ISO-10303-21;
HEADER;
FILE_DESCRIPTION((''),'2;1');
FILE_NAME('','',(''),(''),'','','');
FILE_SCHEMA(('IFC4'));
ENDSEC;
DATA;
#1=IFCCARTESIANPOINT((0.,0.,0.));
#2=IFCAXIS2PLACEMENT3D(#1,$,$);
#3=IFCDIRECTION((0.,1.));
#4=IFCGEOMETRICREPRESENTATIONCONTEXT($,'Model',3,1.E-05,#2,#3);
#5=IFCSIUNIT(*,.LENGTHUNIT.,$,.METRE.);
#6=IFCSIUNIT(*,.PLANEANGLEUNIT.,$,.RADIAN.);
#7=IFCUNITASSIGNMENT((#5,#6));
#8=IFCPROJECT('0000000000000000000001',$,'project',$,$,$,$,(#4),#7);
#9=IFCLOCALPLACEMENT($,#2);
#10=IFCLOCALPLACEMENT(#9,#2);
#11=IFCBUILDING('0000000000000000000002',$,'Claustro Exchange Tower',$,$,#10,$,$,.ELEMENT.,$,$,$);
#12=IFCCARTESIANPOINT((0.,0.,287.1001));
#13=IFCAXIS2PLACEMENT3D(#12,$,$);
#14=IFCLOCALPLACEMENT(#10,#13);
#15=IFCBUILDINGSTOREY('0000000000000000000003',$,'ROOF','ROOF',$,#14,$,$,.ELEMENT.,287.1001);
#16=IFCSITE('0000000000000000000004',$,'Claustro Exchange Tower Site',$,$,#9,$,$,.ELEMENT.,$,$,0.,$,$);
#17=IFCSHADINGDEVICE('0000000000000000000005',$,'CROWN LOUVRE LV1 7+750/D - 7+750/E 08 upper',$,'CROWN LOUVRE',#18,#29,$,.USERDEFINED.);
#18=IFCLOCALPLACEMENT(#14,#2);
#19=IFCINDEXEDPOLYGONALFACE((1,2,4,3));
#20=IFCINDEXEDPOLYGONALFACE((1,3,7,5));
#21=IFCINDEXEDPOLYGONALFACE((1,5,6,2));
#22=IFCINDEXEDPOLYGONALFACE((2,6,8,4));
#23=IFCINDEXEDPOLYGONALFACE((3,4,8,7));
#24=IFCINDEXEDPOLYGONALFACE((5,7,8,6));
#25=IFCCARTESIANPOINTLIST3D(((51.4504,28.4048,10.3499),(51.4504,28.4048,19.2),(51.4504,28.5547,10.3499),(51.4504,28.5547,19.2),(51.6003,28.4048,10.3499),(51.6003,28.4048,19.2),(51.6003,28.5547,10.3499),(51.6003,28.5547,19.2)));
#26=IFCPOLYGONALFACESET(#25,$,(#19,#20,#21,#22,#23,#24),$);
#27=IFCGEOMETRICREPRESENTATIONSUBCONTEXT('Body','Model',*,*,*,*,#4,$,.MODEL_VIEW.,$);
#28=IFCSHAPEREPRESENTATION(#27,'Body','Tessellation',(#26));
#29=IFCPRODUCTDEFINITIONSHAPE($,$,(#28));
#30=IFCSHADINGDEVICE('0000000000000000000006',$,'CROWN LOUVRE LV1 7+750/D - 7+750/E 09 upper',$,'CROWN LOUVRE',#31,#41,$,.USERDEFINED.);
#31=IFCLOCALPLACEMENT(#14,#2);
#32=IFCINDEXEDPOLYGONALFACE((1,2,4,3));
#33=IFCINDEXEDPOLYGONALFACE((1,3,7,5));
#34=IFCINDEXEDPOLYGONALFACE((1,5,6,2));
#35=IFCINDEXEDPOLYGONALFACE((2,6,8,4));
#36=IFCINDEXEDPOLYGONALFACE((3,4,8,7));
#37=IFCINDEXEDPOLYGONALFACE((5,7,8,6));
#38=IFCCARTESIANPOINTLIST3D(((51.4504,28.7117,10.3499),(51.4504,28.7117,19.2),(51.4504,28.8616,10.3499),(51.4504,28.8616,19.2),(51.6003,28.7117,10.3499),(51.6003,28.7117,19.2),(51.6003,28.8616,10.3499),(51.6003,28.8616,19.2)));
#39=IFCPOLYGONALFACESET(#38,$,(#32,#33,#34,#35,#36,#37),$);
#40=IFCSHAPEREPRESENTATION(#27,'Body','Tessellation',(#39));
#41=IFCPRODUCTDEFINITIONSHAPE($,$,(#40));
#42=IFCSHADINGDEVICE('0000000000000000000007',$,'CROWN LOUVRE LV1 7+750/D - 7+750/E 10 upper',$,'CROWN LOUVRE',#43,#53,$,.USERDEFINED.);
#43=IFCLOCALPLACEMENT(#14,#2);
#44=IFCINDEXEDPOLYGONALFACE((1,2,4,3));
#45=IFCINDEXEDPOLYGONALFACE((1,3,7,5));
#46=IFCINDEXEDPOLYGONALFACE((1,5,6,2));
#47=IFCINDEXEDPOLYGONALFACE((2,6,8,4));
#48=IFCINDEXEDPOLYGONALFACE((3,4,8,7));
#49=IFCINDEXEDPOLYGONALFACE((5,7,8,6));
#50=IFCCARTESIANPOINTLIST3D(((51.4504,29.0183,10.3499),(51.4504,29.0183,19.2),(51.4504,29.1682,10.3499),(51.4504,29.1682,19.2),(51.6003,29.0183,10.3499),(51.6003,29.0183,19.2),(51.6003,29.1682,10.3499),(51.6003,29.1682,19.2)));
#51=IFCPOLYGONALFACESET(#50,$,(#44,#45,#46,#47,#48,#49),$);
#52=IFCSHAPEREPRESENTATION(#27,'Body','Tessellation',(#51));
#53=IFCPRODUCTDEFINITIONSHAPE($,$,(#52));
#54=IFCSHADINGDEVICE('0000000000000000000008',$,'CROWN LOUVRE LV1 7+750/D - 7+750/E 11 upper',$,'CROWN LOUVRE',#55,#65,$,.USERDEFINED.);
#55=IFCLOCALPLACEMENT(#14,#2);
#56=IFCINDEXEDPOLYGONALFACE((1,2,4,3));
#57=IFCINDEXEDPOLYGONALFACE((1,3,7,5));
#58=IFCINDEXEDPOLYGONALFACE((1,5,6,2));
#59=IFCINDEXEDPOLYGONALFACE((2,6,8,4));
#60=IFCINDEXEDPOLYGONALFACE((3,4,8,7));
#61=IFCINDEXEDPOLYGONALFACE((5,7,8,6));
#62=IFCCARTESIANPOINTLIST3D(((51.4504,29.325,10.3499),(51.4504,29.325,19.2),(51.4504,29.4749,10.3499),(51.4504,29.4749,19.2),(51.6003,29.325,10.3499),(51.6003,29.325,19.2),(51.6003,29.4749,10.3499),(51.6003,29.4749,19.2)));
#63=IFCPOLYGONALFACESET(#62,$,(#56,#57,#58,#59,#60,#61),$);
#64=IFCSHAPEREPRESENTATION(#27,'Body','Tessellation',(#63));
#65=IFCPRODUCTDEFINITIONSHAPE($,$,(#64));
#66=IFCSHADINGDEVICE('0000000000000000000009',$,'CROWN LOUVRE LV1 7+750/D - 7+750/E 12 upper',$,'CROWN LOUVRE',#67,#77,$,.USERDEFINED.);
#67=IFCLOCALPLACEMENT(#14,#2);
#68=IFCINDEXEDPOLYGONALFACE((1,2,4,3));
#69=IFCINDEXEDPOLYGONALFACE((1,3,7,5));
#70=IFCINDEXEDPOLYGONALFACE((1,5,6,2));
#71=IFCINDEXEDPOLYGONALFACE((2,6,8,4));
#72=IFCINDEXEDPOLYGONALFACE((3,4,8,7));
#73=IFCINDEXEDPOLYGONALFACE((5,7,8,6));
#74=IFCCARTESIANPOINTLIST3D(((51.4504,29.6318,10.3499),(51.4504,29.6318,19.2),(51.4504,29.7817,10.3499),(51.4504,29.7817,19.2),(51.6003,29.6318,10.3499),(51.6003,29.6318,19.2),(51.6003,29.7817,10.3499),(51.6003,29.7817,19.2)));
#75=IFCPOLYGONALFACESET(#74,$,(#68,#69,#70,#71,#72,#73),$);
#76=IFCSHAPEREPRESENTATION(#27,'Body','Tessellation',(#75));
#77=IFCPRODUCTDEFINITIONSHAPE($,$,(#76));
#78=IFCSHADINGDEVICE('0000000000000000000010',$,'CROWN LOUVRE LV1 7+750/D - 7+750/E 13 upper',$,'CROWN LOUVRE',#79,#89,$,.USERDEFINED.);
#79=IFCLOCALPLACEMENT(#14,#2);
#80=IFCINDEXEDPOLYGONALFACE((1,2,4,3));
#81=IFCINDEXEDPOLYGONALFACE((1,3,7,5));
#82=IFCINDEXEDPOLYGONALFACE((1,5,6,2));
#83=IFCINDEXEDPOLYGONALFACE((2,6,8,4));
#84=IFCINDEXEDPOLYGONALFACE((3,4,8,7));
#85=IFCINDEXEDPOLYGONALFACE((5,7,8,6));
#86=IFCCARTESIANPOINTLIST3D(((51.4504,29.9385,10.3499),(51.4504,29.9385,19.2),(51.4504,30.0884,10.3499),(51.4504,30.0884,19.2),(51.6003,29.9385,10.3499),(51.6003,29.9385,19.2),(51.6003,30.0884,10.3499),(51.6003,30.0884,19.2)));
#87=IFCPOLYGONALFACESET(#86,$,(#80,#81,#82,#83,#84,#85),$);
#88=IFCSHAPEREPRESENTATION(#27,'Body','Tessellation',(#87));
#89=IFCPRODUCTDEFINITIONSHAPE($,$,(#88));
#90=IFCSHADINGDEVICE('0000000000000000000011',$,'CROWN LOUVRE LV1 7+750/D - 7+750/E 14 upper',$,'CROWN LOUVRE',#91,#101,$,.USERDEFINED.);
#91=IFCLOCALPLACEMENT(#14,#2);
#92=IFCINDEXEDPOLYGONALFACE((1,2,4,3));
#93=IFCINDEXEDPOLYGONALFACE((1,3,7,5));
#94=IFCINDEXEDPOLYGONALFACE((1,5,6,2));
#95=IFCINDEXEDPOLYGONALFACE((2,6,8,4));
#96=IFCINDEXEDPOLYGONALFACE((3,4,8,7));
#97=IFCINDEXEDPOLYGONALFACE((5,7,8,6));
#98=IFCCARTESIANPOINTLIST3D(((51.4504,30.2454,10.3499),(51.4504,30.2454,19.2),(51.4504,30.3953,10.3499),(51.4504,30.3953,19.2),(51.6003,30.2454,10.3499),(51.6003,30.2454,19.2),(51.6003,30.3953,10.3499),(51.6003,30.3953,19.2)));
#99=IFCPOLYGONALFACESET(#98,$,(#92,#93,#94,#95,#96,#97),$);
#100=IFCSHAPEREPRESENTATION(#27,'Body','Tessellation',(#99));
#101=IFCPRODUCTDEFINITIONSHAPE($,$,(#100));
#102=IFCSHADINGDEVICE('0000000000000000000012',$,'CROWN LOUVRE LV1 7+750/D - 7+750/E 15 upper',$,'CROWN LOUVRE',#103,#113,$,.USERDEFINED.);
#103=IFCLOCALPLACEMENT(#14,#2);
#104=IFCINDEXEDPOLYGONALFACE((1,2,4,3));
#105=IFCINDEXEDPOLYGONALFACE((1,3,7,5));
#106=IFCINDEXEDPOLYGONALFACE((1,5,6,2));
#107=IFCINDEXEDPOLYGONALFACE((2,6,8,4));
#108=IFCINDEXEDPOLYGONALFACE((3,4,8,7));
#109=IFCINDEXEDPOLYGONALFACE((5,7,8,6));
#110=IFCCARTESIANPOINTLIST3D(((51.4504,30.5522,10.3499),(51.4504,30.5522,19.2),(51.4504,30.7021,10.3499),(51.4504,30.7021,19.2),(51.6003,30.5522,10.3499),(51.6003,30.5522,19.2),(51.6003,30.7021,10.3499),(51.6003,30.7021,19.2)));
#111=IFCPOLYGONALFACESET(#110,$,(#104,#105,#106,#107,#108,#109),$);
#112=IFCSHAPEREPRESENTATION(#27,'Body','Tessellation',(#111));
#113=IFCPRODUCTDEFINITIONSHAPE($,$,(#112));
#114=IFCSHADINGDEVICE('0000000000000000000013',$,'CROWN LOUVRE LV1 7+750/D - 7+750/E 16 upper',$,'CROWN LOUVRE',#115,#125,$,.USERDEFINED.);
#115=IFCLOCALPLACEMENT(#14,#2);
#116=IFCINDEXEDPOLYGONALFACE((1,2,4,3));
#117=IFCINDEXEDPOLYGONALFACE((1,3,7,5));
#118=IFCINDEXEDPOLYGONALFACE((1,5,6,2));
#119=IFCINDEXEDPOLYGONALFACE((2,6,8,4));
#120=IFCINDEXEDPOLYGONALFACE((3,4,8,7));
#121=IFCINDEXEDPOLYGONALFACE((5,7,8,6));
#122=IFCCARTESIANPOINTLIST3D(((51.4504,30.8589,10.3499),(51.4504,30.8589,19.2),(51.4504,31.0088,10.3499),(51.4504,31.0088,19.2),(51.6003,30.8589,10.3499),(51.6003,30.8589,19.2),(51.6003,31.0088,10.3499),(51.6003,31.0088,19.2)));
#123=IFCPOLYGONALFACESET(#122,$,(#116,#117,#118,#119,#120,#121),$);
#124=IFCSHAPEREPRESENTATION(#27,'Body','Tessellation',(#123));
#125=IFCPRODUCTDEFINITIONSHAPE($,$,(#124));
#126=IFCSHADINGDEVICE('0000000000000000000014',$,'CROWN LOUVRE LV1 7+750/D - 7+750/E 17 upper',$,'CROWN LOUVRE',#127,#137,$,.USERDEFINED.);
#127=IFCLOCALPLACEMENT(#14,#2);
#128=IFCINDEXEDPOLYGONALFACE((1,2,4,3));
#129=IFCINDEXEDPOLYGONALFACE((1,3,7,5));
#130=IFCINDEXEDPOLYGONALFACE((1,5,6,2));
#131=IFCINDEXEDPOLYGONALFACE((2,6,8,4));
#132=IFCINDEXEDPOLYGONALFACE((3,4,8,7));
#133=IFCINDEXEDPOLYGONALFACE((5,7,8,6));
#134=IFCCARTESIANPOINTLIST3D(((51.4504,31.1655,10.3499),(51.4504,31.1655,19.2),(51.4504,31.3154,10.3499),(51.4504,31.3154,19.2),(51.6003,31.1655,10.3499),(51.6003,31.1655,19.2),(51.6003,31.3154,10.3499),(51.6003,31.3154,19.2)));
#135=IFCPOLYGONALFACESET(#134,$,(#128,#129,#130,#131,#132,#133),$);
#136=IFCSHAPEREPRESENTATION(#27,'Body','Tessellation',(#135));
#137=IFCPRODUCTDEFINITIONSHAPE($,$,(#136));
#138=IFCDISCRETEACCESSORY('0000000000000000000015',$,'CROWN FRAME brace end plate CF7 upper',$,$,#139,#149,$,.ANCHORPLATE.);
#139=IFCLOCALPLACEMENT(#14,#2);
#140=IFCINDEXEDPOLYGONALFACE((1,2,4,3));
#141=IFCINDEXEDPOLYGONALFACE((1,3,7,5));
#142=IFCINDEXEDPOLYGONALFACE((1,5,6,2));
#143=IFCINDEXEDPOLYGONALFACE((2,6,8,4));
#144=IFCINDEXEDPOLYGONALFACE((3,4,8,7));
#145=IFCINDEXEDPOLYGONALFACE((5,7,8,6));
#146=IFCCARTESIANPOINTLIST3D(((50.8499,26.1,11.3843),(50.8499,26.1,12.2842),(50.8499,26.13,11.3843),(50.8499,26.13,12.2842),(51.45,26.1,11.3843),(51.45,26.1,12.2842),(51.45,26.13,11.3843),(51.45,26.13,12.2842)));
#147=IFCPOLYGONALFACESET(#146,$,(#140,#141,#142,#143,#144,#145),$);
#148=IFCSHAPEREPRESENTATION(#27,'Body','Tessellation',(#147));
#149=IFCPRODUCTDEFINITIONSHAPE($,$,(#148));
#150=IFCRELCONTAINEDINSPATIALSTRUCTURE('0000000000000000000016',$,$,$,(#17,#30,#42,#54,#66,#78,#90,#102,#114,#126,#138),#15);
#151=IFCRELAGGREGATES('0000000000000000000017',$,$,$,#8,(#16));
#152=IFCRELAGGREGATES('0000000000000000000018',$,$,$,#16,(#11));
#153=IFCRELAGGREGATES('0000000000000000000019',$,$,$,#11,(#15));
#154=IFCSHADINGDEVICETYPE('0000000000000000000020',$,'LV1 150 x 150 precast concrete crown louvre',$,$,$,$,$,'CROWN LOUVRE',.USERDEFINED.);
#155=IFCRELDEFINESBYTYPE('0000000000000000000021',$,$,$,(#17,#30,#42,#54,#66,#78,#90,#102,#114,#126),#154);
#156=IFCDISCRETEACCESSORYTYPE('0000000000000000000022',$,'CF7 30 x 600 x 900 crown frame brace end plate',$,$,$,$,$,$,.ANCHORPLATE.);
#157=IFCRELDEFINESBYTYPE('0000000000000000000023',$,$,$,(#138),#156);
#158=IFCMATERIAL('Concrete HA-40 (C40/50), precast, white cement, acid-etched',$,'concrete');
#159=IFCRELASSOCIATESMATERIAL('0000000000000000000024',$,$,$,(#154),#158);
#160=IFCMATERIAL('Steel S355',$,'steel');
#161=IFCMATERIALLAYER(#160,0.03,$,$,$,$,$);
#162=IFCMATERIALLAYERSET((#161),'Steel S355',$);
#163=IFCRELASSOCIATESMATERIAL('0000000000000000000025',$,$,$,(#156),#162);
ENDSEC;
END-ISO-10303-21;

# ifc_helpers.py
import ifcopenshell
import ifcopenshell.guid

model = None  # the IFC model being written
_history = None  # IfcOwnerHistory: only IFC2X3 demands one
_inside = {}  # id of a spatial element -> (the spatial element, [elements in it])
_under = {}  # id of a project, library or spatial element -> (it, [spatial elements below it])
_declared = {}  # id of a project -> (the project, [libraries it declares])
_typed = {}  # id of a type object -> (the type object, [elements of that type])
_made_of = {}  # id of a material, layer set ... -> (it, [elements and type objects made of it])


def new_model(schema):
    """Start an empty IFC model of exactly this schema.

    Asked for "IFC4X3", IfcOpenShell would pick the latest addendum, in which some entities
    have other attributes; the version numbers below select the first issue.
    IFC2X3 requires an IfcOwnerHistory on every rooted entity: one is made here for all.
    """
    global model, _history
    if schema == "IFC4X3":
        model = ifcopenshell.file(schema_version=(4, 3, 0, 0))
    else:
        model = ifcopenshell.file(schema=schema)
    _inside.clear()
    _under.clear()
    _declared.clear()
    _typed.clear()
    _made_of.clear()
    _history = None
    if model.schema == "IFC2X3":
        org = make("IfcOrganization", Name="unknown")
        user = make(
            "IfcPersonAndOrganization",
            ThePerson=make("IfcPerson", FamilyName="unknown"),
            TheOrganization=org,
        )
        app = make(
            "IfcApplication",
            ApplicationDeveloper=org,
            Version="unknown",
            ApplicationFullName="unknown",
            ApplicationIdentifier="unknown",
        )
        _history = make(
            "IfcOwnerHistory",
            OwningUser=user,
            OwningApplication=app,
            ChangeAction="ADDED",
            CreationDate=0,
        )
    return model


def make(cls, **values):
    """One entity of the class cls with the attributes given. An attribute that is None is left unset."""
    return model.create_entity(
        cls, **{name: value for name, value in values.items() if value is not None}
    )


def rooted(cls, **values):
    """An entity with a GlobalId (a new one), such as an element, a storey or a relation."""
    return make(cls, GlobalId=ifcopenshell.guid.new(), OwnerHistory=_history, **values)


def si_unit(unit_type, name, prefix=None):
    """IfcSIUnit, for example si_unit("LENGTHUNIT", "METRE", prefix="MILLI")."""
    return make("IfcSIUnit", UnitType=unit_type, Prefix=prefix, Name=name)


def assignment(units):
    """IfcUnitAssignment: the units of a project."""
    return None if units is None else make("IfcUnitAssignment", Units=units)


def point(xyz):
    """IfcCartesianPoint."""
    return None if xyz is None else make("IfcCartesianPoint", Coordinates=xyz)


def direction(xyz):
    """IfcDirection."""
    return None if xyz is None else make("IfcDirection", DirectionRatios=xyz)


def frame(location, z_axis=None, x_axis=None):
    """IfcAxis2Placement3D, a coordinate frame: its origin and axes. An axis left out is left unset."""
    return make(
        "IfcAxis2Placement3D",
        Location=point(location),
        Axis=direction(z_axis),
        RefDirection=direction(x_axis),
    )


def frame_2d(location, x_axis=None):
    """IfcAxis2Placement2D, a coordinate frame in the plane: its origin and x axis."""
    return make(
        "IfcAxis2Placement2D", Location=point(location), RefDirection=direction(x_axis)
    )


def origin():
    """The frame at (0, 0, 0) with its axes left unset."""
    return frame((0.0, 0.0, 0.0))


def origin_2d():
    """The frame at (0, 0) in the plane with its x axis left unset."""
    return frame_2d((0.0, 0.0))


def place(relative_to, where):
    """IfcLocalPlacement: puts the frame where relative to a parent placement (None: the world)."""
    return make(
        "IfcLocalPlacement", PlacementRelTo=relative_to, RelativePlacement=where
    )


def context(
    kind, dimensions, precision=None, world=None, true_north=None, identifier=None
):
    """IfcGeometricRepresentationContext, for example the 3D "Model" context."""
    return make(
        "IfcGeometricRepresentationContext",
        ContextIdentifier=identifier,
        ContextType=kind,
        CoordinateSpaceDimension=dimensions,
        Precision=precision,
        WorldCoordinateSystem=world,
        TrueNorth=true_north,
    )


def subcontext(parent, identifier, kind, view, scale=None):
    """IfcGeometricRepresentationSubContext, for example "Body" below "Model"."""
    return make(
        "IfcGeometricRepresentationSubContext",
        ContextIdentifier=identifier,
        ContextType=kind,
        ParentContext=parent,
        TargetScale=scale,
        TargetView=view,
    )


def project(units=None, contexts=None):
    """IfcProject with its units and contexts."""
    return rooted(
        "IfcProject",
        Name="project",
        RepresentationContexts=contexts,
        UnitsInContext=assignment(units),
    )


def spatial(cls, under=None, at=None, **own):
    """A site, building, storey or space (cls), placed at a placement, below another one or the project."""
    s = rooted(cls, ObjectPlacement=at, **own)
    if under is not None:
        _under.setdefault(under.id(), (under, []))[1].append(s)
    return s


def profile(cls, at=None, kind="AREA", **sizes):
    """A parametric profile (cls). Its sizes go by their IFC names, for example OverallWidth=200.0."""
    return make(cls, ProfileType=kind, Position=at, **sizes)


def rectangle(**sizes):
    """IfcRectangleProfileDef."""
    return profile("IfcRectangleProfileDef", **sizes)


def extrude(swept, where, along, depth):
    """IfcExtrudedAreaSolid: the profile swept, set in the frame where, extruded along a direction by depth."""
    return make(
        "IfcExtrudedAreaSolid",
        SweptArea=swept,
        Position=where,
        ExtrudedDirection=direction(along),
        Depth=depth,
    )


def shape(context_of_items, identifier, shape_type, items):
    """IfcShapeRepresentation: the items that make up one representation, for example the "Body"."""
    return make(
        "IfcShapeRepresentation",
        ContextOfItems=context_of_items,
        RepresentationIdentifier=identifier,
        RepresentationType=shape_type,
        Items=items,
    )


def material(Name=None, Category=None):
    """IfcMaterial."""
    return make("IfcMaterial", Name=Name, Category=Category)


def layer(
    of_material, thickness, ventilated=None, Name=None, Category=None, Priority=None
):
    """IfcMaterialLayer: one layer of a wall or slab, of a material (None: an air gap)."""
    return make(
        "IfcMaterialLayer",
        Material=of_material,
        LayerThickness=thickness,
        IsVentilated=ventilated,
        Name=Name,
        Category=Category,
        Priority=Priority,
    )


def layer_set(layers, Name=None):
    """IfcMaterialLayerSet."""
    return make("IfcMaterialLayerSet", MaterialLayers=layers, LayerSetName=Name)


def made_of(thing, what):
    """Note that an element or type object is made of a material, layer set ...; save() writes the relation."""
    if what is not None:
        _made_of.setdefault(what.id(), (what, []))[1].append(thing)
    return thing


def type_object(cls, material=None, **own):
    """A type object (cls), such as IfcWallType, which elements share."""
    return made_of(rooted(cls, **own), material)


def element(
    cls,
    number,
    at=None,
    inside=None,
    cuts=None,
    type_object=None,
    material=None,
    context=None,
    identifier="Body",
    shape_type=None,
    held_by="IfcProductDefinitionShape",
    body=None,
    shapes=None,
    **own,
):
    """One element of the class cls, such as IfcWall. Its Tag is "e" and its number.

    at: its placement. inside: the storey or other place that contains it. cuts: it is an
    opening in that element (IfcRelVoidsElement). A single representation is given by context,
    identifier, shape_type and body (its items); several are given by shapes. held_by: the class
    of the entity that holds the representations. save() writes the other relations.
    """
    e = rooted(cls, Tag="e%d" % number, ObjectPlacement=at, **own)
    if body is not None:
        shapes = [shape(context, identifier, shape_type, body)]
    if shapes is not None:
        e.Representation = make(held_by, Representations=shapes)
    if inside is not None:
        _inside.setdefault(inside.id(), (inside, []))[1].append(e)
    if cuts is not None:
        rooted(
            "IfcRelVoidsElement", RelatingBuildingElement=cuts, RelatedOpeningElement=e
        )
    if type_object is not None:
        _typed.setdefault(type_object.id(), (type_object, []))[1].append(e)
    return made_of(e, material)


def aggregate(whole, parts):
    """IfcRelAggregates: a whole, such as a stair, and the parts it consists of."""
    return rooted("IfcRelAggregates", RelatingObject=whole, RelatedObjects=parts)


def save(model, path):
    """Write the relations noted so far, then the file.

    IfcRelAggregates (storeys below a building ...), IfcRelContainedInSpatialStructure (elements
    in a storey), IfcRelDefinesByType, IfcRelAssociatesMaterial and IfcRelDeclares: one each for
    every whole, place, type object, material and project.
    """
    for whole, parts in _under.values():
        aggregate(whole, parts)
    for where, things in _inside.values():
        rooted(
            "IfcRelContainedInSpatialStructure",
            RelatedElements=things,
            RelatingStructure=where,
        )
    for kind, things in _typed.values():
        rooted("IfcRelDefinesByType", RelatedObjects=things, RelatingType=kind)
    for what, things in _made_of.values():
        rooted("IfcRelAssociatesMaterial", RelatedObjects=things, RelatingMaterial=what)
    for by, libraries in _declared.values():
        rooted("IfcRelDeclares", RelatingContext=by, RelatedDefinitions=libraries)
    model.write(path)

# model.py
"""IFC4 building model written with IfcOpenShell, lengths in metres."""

from ifc_helpers import new_model, si_unit, direction, frame, origin, origin_2d, place, context, subcontext, project, spatial, rectangle, extrude, material, layer, layer_set, type_object, element, save


model = new_model("IFC4")

# Units and contexts
model_context = context("Model", 3, precision=1e-05, world=origin(), true_north=direction((0.0, 1.0)))
body_context = subcontext(model_context, "Body", "Model", "MODEL_VIEW")
ifc_project = project(units=[si_unit("LENGTHUNIT", "METRE"), si_unit("PLANEANGLEUNIT", "RADIAN")], contexts=[model_context])

# Site, building, storey
site_placement = place(None, origin())
site = spatial("IfcSite", under=ifc_project, at=site_placement, Name="Claustro Exchange Tower Site", CompositionType="ELEMENT", RefElevation=0.0)
building_placement = place(site_placement, origin())
building = spatial("IfcBuilding", under=site, at=building_placement, Name="Claustro Exchange Tower", CompositionType="ELEMENT")
storey_placement = place(building_placement, frame((0.0, 0.0, 287.1001)))
storey = spatial("IfcBuildingStorey", under=building, at=storey_placement, Name="ROOF", Description="ROOF", CompositionType="ELEMENT", Elevation=287.1001)

# Shading devices
ifc_material_1 = material(Name="Concrete HA-40 (C40/50), precast, white cement, acid-etched", Category="concrete")
shading_device_type = type_object("IfcShadingDeviceType", Name="LV1 150 x 150 precast concrete crown louvre", ElementType="CROWN LOUVRE", PredefinedType="USERDEFINED", material=ifc_material_1)
for number, where, z_axis, x_axis, name in (
    (1, (51.5254, 28.4797, 10.3499), (0.0, 0.0, 1.0), (0.0, 1.0, 0.0), "CROWN LOUVRE LV1 7+750/D - 7+750/E 08 upper"),
    (2, (51.5254, 28.7866, 10.3499), (0.0, 0.0, 1.0), (0.0, 1.0, 0.0), "CROWN LOUVRE LV1 7+750/D - 7+750/E 09 upper"),
    (3, (51.5254, 29.0933, 10.3499), (0.0, 0.0, 1.0), (0.0, 1.0, 0.0), "CROWN LOUVRE LV1 7+750/D - 7+750/E 10 upper"),
    (4, (51.5254, 29.3999, 10.3499), (0.0, 0.0, 1.0), (0.0, 1.0, 0.0), "CROWN LOUVRE LV1 7+750/D - 7+750/E 11 upper"),
    (5, (51.5254, 29.7068, 10.3499), (0.0, 0.0, 1.0), (0.0, 1.0, 0.0), "CROWN LOUVRE LV1 7+750/D - 7+750/E 12 upper"),
    (6, (51.5254, 30.0134, 10.3499), (0.0, 0.0, 1.0), (0.0, 1.0, 0.0), "CROWN LOUVRE LV1 7+750/D - 7+750/E 13 upper"),
    (7, (51.5254, 30.3203, 10.3499), (0.0, 0.0, 1.0), (0.0, 1.0, 0.0), "CROWN LOUVRE LV1 7+750/D - 7+750/E 14 upper"),
    (8, (51.5254, 30.6272, 10.3499), (0.0, 0.0, 1.0), (0.0, 1.0, 0.0), "CROWN LOUVRE LV1 7+750/D - 7+750/E 15 upper"),
    (9, (51.5254, 30.9338, 10.3499), (0.0, 0.0, 1.0), (0.0, 1.0, 0.0), "CROWN LOUVRE LV1 7+750/D - 7+750/E 16 upper"),
    (10, (51.5254, 31.2405, 10.3499), (0.0, 0.0, 1.0), (0.0, 1.0, 0.0), "CROWN LOUVRE LV1 7+750/D - 7+750/E 17 upper"),
):
    element("IfcShadingDevice", number, at=place(storey_placement, frame(where, z_axis=z_axis, x_axis=x_axis)), inside=storey, type_object=shading_device_type, Name=name, ObjectType="CROWN LOUVRE", PredefinedType="USERDEFINED", context=body_context, shape_type="SweptSolid", body=[
        extrude(rectangle(XDim=0.1499, YDim=0.1499, at=origin_2d()), origin(), (0.0, 0.0, 1.0), 8.8501),
    ])

# Discrete accessory
ifc_material_2 = material(Name="Steel S355", Category="steel")
ifc_layer_1 = layer(ifc_material_2, 0.03)
ifc_layer_set_1 = layer_set([ifc_layer_1], Name="Steel S355")
discrete_accessory_type = type_object("IfcDiscreteAccessoryType", Name="CF7 30 x 600 x 900 crown frame brace end plate", PredefinedType="ANCHORPLATE", material=ifc_layer_set_1)
discrete_accessory_placement = place(storey_placement, frame((51.1499, 26.115, 11.3843), z_axis=(0.0, 0.0, 1.0), x_axis=(0.0, 1.0, 0.0)))
element("IfcDiscreteAccessory", 11, at=discrete_accessory_placement, inside=storey, type_object=discrete_accessory_type, Name="CROWN FRAME brace end plate CF7 upper", PredefinedType="ANCHORPLATE", context=body_context, shape_type="SweptSolid", body=[
    extrude(rectangle(XDim=0.03, YDim=0.6001, at=origin_2d()), origin(), (0.0, 0.0, 1.0), 0.8999),
])

save(model, "model.ifc")
